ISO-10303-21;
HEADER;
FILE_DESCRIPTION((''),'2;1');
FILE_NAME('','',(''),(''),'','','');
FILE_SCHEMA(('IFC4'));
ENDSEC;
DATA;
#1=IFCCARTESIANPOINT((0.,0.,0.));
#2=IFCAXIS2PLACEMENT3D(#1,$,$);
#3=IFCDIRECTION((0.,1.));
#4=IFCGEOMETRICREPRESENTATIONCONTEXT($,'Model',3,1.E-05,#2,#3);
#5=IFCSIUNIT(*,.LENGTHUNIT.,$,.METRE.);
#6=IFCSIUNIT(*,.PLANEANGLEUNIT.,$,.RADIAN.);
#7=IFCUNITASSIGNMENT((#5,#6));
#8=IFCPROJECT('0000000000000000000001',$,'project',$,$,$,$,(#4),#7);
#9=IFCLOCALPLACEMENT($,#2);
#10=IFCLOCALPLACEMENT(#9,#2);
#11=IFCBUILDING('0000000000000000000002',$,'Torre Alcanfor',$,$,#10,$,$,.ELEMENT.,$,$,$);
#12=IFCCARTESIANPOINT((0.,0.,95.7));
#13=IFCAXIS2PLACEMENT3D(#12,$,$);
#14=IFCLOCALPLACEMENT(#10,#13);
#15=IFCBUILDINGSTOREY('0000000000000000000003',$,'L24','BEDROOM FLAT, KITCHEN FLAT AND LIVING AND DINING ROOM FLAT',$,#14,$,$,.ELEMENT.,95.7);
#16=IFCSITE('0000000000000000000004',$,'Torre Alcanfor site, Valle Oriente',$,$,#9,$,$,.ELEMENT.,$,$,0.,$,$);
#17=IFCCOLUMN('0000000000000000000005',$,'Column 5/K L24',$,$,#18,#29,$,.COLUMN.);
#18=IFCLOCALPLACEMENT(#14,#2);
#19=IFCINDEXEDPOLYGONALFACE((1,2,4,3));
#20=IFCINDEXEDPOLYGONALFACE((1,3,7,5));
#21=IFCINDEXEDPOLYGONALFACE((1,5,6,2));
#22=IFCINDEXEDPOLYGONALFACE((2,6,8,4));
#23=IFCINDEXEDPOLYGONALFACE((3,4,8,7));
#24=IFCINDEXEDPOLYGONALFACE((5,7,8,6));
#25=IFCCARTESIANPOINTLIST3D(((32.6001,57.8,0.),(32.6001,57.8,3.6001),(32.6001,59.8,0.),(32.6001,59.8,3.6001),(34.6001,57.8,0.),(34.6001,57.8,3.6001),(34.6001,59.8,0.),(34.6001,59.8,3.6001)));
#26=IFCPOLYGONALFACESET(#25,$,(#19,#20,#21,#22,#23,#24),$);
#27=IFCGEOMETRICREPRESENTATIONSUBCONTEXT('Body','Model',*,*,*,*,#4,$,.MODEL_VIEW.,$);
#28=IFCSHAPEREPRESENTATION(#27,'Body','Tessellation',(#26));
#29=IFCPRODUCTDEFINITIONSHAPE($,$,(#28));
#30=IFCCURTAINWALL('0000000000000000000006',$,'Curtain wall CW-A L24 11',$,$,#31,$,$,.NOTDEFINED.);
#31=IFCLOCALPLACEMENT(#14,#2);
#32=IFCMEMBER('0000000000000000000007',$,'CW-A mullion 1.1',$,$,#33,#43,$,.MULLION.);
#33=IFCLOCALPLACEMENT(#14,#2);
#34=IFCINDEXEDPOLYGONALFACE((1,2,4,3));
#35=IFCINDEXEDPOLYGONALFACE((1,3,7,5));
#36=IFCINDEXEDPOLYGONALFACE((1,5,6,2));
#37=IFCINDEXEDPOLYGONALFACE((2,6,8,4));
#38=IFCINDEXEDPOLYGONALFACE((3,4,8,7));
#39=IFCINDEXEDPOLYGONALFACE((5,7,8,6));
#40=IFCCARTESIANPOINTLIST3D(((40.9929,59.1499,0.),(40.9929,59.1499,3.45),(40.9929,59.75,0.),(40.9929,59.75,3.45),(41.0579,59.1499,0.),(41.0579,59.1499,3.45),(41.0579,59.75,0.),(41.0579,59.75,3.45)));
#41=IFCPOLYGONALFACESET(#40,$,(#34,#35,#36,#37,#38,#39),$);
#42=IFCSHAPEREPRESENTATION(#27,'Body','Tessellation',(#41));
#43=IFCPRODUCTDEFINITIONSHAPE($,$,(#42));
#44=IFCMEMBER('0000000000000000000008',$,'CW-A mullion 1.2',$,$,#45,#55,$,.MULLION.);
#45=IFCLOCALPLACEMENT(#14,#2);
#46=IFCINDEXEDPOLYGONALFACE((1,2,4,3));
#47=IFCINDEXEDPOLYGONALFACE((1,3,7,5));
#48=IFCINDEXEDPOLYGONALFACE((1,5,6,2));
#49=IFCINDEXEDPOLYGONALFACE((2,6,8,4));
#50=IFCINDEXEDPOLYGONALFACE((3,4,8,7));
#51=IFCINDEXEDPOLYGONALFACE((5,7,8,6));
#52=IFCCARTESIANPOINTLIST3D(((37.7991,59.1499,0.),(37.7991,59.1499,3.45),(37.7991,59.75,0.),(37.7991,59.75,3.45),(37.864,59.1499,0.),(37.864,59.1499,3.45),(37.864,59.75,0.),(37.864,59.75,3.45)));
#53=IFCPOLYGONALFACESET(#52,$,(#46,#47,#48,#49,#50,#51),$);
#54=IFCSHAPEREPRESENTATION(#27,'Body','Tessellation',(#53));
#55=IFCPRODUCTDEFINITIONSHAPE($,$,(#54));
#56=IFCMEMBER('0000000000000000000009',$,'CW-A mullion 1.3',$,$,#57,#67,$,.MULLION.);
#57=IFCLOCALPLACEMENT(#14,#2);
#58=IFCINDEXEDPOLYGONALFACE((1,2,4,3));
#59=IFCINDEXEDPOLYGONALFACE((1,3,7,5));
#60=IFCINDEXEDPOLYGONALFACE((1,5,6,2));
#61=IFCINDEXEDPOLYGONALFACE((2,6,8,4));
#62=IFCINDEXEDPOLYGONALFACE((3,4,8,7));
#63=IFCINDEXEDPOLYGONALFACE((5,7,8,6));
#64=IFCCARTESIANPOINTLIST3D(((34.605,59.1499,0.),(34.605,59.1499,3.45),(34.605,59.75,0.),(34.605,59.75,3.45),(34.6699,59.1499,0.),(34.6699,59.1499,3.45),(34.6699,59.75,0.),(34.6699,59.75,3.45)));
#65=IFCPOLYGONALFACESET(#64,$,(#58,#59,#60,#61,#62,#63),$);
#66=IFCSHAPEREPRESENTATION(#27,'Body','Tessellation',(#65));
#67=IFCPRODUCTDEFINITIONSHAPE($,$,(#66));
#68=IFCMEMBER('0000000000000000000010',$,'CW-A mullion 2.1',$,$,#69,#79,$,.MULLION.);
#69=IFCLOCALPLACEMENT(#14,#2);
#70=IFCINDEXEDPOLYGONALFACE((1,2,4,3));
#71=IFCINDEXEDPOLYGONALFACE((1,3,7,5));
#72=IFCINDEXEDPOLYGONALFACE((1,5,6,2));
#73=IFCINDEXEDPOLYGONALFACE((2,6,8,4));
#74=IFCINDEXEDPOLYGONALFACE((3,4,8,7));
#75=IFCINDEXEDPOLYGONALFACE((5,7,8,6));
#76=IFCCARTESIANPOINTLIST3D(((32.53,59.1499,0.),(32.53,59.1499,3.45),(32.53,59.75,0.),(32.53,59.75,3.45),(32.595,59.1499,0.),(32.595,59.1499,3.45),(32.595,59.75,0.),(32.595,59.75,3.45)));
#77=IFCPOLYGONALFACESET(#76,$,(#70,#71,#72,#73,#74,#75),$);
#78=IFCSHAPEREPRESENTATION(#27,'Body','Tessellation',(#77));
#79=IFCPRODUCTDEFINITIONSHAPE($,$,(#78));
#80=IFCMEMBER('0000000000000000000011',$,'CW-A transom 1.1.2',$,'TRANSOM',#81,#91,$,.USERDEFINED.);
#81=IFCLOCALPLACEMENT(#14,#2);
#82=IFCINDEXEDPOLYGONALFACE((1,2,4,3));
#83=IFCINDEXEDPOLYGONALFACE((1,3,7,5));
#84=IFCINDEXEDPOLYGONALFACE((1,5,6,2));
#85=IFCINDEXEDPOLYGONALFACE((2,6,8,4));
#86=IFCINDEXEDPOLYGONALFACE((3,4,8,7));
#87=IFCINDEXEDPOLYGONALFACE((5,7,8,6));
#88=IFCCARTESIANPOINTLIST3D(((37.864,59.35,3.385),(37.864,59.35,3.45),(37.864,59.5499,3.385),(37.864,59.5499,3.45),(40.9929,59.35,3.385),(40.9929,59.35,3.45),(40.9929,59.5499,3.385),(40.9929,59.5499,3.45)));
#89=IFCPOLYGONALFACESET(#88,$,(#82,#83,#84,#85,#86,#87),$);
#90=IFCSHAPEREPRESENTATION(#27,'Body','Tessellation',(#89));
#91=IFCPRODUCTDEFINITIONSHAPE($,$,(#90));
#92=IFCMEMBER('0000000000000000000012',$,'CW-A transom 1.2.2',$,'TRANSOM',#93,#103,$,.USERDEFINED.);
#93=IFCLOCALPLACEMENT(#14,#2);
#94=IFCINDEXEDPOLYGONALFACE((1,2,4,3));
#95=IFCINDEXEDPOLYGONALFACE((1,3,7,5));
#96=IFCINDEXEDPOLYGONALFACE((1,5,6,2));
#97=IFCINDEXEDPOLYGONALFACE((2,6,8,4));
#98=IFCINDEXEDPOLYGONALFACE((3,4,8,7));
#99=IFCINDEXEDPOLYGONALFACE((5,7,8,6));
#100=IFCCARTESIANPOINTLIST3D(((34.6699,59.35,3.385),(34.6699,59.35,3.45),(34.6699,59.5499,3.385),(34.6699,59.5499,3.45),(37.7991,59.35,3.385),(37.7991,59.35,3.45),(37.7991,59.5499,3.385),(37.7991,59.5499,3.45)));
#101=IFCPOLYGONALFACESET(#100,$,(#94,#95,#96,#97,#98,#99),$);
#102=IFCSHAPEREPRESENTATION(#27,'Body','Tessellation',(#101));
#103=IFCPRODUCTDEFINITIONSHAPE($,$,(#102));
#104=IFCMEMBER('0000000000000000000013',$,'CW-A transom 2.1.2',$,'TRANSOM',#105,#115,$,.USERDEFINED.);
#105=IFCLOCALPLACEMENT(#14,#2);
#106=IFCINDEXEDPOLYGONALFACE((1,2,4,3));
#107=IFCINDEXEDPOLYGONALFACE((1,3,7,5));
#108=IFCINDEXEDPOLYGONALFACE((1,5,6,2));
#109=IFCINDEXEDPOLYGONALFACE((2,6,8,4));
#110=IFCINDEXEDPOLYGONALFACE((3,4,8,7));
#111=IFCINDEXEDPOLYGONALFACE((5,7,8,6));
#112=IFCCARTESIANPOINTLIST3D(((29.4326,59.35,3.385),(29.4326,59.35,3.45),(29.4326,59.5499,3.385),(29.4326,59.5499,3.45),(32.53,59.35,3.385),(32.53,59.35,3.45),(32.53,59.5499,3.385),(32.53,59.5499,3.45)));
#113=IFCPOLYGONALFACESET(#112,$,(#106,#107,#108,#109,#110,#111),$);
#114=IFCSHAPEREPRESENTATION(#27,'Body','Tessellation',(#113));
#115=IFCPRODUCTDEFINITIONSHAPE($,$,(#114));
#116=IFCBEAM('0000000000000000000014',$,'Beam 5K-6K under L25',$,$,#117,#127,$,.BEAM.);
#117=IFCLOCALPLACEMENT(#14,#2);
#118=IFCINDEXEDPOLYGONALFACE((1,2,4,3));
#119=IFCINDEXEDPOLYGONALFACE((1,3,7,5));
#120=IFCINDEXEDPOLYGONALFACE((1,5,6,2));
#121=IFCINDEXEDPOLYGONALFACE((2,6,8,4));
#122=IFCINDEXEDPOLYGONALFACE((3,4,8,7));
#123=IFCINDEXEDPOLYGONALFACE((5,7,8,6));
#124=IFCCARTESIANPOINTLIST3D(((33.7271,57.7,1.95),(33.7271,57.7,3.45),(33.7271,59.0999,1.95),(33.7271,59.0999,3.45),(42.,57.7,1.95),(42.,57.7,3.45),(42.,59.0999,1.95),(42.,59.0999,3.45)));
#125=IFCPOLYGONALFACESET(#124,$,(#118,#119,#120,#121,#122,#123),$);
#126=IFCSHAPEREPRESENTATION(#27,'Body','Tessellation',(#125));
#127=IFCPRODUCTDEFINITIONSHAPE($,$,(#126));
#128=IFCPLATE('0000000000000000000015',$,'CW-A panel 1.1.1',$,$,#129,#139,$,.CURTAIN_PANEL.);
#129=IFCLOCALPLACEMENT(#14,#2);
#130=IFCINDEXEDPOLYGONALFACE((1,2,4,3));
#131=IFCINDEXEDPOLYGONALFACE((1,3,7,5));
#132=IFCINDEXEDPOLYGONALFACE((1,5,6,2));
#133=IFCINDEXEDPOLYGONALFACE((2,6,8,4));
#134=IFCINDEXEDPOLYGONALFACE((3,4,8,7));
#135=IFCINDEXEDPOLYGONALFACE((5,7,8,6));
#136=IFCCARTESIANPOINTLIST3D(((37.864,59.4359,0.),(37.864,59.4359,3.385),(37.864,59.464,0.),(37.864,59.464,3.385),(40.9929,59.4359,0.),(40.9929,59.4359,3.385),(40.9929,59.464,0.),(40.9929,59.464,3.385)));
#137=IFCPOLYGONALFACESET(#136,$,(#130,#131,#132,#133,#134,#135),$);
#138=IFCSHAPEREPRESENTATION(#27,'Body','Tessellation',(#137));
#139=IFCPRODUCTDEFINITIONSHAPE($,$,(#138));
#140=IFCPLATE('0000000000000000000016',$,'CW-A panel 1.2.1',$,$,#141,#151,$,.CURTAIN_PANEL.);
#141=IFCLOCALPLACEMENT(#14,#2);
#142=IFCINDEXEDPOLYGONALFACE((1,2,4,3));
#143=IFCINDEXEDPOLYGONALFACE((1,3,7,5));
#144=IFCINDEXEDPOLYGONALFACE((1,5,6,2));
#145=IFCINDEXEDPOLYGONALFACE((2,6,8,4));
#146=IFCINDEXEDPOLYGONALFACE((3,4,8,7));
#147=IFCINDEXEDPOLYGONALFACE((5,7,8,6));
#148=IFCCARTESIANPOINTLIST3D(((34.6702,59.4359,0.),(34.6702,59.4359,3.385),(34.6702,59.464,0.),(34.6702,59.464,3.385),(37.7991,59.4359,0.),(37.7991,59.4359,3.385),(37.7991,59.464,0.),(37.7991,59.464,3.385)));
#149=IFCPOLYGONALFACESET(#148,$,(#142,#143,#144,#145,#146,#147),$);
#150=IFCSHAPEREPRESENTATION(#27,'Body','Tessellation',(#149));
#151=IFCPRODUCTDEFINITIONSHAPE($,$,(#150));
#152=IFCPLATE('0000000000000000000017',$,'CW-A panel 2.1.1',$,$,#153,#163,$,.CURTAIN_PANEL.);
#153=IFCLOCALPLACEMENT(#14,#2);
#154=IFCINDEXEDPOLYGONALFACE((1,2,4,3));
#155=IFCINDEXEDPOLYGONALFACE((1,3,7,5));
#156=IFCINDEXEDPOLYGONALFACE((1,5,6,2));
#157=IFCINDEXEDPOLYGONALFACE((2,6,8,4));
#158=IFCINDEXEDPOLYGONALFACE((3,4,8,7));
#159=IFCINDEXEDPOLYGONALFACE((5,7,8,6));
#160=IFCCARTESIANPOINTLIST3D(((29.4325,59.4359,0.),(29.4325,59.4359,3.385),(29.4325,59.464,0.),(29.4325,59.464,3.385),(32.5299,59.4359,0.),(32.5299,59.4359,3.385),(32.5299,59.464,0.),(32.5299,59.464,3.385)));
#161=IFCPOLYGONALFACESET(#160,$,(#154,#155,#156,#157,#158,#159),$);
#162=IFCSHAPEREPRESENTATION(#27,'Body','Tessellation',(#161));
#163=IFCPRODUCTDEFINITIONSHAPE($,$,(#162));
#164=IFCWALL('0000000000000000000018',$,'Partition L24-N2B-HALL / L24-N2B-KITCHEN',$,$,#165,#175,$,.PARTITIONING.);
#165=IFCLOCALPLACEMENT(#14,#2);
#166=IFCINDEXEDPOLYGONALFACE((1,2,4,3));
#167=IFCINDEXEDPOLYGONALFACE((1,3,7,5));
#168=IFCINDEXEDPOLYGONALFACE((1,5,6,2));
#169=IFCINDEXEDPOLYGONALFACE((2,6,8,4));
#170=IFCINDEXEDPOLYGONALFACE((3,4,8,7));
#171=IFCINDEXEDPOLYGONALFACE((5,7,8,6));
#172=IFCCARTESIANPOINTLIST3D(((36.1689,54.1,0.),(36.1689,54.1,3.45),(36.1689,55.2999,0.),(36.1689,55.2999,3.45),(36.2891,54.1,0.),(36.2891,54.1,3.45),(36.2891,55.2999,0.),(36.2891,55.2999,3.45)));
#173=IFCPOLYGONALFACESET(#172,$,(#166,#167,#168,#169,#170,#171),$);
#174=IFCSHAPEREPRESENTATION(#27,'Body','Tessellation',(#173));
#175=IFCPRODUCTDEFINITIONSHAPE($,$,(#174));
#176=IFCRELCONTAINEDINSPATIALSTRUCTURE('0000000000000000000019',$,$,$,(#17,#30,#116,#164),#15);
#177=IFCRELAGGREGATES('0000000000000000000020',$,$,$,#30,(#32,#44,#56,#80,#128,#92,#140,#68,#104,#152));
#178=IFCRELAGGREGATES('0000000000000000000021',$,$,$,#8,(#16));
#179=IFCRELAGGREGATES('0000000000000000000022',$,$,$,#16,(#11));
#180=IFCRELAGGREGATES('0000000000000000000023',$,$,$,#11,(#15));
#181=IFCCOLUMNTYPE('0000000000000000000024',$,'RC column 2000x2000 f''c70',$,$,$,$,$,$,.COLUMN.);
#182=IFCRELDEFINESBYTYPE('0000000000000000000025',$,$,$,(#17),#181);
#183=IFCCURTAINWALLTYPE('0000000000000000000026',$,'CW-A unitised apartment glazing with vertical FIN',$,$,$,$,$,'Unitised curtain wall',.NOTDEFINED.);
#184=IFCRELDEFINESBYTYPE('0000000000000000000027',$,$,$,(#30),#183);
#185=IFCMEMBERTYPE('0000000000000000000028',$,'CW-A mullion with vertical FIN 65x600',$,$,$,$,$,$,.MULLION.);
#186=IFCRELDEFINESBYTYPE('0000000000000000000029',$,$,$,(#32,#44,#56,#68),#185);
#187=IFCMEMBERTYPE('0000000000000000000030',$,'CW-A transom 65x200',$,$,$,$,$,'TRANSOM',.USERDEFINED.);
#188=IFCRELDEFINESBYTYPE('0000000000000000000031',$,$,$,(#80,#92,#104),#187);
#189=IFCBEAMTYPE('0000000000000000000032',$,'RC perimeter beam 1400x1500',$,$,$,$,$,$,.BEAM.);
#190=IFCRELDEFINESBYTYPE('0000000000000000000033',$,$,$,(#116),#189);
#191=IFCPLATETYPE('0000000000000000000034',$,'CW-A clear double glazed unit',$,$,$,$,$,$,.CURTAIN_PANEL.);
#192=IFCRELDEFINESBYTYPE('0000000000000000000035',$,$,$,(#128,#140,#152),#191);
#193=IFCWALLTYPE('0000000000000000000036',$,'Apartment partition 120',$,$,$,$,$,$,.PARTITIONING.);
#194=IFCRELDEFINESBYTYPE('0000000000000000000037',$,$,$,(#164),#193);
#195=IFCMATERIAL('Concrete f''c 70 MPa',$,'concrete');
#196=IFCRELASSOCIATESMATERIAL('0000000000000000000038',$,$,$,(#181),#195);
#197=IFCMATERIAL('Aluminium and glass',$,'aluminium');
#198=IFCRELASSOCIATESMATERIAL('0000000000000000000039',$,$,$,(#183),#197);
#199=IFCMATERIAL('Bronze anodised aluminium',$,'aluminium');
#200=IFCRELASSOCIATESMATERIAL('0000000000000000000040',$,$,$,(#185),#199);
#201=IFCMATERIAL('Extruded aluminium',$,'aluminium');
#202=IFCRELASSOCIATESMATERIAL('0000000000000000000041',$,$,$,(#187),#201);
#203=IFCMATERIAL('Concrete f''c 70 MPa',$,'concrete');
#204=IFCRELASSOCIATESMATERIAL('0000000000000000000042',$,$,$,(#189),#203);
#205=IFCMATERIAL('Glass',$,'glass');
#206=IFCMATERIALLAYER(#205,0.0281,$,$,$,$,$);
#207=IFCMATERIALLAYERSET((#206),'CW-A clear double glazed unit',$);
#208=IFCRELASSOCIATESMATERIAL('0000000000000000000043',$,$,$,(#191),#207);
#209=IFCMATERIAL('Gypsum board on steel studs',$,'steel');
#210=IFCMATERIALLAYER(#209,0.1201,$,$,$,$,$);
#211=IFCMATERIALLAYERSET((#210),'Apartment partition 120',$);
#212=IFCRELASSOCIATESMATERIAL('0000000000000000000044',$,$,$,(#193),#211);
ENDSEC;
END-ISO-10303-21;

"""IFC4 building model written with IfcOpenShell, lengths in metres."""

from ifc_helpers import new_model, si_unit, direction, frame, frame_2d, origin, origin_2d, place, context, subcontext, project, spatial, rectangle, extrude, material, layer, layer_set, material_profile, profile_set, type_object, element, aggregate, save


model = new_model("IFC4")

# Units and contexts
model_context = context("Model", 3, precision=1e-05, world=origin(), true_north=direction((0.0, 1.0)))
body_context = subcontext(model_context, "Body", "Model", "MODEL_VIEW")
ifc_project = project(units=[si_unit("LENGTHUNIT", "METRE"), si_unit("PLANEANGLEUNIT", "RADIAN")], contexts=[model_context])

# Site, building, storey
site_placement = place(None, origin())
site = spatial("IfcSite", under=ifc_project, at=site_placement, Name="Torre Alcanfor site, Valle Oriente", CompositionType="ELEMENT", RefElevation=0.0)
building_placement = place(site_placement, origin())
building = spatial("IfcBuilding", under=site, at=building_placement, Name="Torre Alcanfor", CompositionType="ELEMENT")
storey_placement = place(building_placement, frame((0.0, 0.0, 95.7)))
storey = spatial("IfcBuildingStorey", under=building, at=storey_placement, Name="L24", Description="BEDROOM FLAT, KITCHEN FLAT AND LIVING AND DINING ROOM FLAT", CompositionType="ELEMENT", Elevation=95.7)

# Column
ifc_material_1 = material(Name="Concrete f'c 70 MPa", Category="concrete")
ifc_material_profile_1 = material_profile(ifc_material_1, rectangle(XDim=2.0, YDim=2.0, at=origin_2d()), Name="2000x2000")
ifc_profile_set_1 = profile_set([ifc_material_profile_1], Name="Concrete f'c 70 MPa")
column_type = type_object("IfcColumnType", Name="RC column 2000x2000 f'c70", PredefinedType="COLUMN", material=ifc_profile_set_1)
column_placement = place(storey_placement, frame((33.6001, 58.8, 0.0), z_axis=(0.0, 0.0, 1.0), x_axis=(1.0, 0.0, 0.0)))
element("IfcColumn", 1, at=column_placement, inside=storey, type_object=column_type, Name="Column 5/K L24", PredefinedType="COLUMN", context=body_context, shape_type="SweptSolid", body=[
    extrude(rectangle(XDim=2.0, YDim=2.0, at=origin_2d()), origin(), (0.0, 0.0, 1.0), 3.6001),
])

# Curtain wall, members
ifc_material_2 = material(Name="Aluminium and glass", Category="aluminium")
curtain_wall_type = type_object("IfcCurtainWallType", Name="CW-A unitised apartment glazing with vertical FIN", ElementType="Unitised curtain wall", PredefinedType="NOTDEFINED", material=ifc_material_2)
curtain_wall_placement = place(storey_placement, origin())
curtain_wall = element("IfcCurtainWall", 2, at=curtain_wall_placement, inside=storey, type_object=curtain_wall_type, Name="Curtain wall CW-A L24 11", PredefinedType="NOTDEFINED")
ifc_material_3 = material(Name="Bronze anodised aluminium", Category="aluminium")
ifc_material_profile_2 = material_profile(ifc_material_3, rectangle(XDim=0.6001, YDim=0.0649, at=origin_2d()), Name="CW-A mullion 65x600")
ifc_profile_set_2 = profile_set([ifc_material_profile_2], Name="Bronze anodised aluminium")
member_type_1 = type_object("IfcMemberType", Name="CW-A mullion with vertical FIN 65x600", PredefinedType="MULLION", material=ifc_profile_set_2)
member_1_placement = place(storey_placement, frame((41.0254, 59.45, 0.0), z_axis=(0.0, 0.0, 1.0), x_axis=(0.0, -1.0, 0.0)))
member_1 = element("IfcMember", 3, at=member_1_placement, type_object=member_type_1, Name="CW-A mullion 1.1", PredefinedType="MULLION", context=body_context, shape_type="SweptSolid", body=[
    extrude(rectangle(XDim=0.6001, YDim=0.0649, at=origin_2d()), origin(), (0.0, 0.0, 1.0), 3.45),
])
member_2_placement = place(storey_placement, frame((37.8315, 59.45, 0.0), z_axis=(0.0, 0.0, 1.0), x_axis=(0.0, -1.0, 0.0)))
member_2 = element("IfcMember", 4, at=member_2_placement, type_object=member_type_1, Name="CW-A mullion 1.2", PredefinedType="MULLION", context=body_context, shape_type="SweptSolid", body=[
    extrude(rectangle(XDim=0.6001, YDim=0.0649, at=origin_2d()), origin(), (0.0, 0.0, 1.0), 3.45),
])
member_3_placement = place(storey_placement, frame((34.6375, 59.45, 0.0), z_axis=(0.0, 0.0, 1.0), x_axis=(0.0, -1.0, 0.0)))
member_3 = element("IfcMember", 5, at=member_3_placement, type_object=member_type_1, Name="CW-A mullion 1.3", PredefinedType="MULLION", context=body_context, shape_type="SweptSolid", body=[
    extrude(rectangle(XDim=0.6001, YDim=0.0649, at=origin_2d()), origin(), (0.0, 0.0, 1.0), 3.45),
])
member_4_placement = place(storey_placement, frame((32.5625, 59.45, 0.0), z_axis=(0.0, 0.0, 1.0), x_axis=(0.0, -1.0, 0.0)))
member_4 = element("IfcMember", 6, at=member_4_placement, type_object=member_type_1, Name="CW-A mullion 2.1", PredefinedType="MULLION", context=body_context, shape_type="SweptSolid", body=[
    extrude(rectangle(XDim=0.6001, YDim=0.0649, at=origin_2d()), origin(), (0.0, 0.0, 1.0), 3.45),
])
ifc_material_4 = material(Name="Extruded aluminium", Category="aluminium")
ifc_material_profile_3 = material_profile(ifc_material_4, rectangle(XDim=0.2, YDim=0.0649, at=origin_2d()), Name="CW-A transom 200x65")
ifc_profile_set_3 = profile_set([ifc_material_profile_3], Name="Extruded aluminium")
member_type_2 = type_object("IfcMemberType", Name="CW-A transom 65x200", ElementType="TRANSOM", PredefinedType="USERDEFINED", material=ifc_profile_set_3)
member_5_placement = place(storey_placement, frame((40.9929, 59.45, 3.4175), z_axis=(-1.0, 0.0, 0.0), x_axis=(0.0, -1.0, 0.0)))
member_5 = element("IfcMember", 7, at=member_5_placement, type_object=member_type_2, Name="CW-A transom 1.1.2", ObjectType="TRANSOM", PredefinedType="USERDEFINED", context=body_context, shape_type="SweptSolid", body=[
    extrude(rectangle(XDim=0.2, YDim=0.0649, at=origin_2d()), origin(), (0.0, 0.0, 1.0), 3.1289),
])
member_6_placement = place(storey_placement, frame((37.7991, 59.45, 3.4175), z_axis=(-1.0, 0.0, 0.0), x_axis=(0.0, -1.0, 0.0)))
member_6 = element("IfcMember", 8, at=member_6_placement, type_object=member_type_2, Name="CW-A transom 1.2.2", ObjectType="TRANSOM", PredefinedType="USERDEFINED", context=body_context, shape_type="SweptSolid", body=[
    extrude(rectangle(XDim=0.2, YDim=0.0649, at=origin_2d()), origin(), (0.0, 0.0, 1.0), 3.1292),
])
member_7_placement = place(storey_placement, frame((32.53, 59.45, 3.4175), z_axis=(-1.0, 0.0, 0.0), x_axis=(0.0, -1.0, 0.0)))
member_7 = element("IfcMember", 9, at=member_7_placement, type_object=member_type_2, Name="CW-A transom 2.1.2", ObjectType="TRANSOM", PredefinedType="USERDEFINED", context=body_context, shape_type="SweptSolid", body=[
    extrude(rectangle(XDim=0.2, YDim=0.0649, at=origin_2d()), origin(), (0.0, 0.0, 1.0), 3.0974),
])

# Beam
ifc_material_5 = material(Name="Concrete f'c 70 MPa", Category="concrete")
ifc_material_profile_4 = material_profile(ifc_material_5, rectangle(XDim=1.3999, YDim=1.5, at=origin_2d()), Name="1400x1500")
ifc_profile_set_4 = profile_set([ifc_material_profile_4], Name="Concrete f'c 70 MPa")
beam_type = type_object("IfcBeamType", Name="RC perimeter beam 1400x1500", PredefinedType="BEAM", material=ifc_profile_set_4)
beam_placement = place(storey_placement, frame((33.7271, 58.3999, 2.7), z_axis=(1.0, 0.0, 0.0), x_axis=(0.0, 1.0, 0.0)))
element("IfcBeam", 10, at=beam_placement, inside=storey, type_object=beam_type, Name="Beam 5K-6K under L25", PredefinedType="BEAM", context=body_context, shape_type="SweptSolid", body=[
    extrude(rectangle(XDim=1.3999, YDim=1.5, at=origin_2d()), origin(), (0.0, 0.0, 1.0), 8.2729),
])

# Plates
ifc_material_6 = material(Name="Glass", Category="glass")
ifc_layer_1 = layer(ifc_material_6, 0.0281)
ifc_layer_set_1 = layer_set([ifc_layer_1], Name="CW-A clear double glazed unit")
plate_type = type_object("IfcPlateType", Name="CW-A clear double glazed unit", PredefinedType="CURTAIN_PANEL", material=ifc_layer_set_1)
plate_1_placement = place(storey_placement, frame((39.4285, 59.45, 0.0), z_axis=(0.0, 0.0, 1.0), x_axis=(-1.0, 0.0, 0.0)))
plate_1 = element("IfcPlate", 11, at=plate_1_placement, type_object=plate_type, Name="CW-A panel 1.1.1", PredefinedType="CURTAIN_PANEL", context=body_context, shape_type="SweptSolid", body=[
    extrude(rectangle(XDim=3.1289, YDim=0.0281, at=origin_2d()), origin(), (0.0, 0.0, 1.0), 3.385),
])
plate_2_placement = place(storey_placement, frame((36.2346, 59.45, 0.0), z_axis=(0.0, 0.0, 1.0), x_axis=(-1.0, 0.0, 0.0)))
plate_2 = element("IfcPlate", 12, at=plate_2_placement, type_object=plate_type, Name="CW-A panel 1.2.1", PredefinedType="CURTAIN_PANEL", context=body_context, shape_type="SweptSolid", body=[
    extrude(rectangle(XDim=3.1289, YDim=0.0281, at=origin_2d()), origin(), (0.0, 0.0, 1.0), 3.385),
])
plate_3_placement = place(storey_placement, frame((30.9812, 59.45, 0.0), z_axis=(0.0, 0.0, 1.0), x_axis=(-1.0, 0.0, 0.0)))
plate_3 = element("IfcPlate", 13, at=plate_3_placement, type_object=plate_type, Name="CW-A panel 2.1.1", PredefinedType="CURTAIN_PANEL", context=body_context, shape_type="SweptSolid", body=[
    extrude(rectangle(XDim=3.0974, YDim=0.0281, at=origin_2d()), origin(), (0.0, 0.0, 1.0), 3.385),
])
aggregate(curtain_wall, [member_1, member_2, member_3, member_5, plate_1, member_6, plate_2, member_4, member_7, plate_3])

# Wall
ifc_material_7 = material(Name="Gypsum board on steel studs", Category="steel")
ifc_layer_2 = layer(ifc_material_7, 0.1201)
ifc_layer_set_2 = layer_set([ifc_layer_2], Name="Apartment partition 120")
wall_type_1 = type_object("IfcWallType", Name="Apartment partition 120", PredefinedType="PARTITIONING", material=ifc_layer_set_2)
wall_1_placement = place(storey_placement, frame((36.229, 55.3, 0.0), z_axis=(0.0, 0.0, 1.0), x_axis=(0.0, -1.0, 0.0)))
element("IfcWall", 14, at=wall_1_placement, inside=storey, type_object=wall_type_1, Name="Partition L24-N2B-HALL / L24-N2B-KITCHEN", PredefinedType="PARTITIONING", context=body_context, shape_type="SweptSolid", body=[
    extrude(rectangle(XDim=1.2, YDim=0.1201, at=frame_2d((0.6001, 0.0))), origin(), (0.0, 0.0, 1.0), 3.45),
])

save(model, "model.ifc")
